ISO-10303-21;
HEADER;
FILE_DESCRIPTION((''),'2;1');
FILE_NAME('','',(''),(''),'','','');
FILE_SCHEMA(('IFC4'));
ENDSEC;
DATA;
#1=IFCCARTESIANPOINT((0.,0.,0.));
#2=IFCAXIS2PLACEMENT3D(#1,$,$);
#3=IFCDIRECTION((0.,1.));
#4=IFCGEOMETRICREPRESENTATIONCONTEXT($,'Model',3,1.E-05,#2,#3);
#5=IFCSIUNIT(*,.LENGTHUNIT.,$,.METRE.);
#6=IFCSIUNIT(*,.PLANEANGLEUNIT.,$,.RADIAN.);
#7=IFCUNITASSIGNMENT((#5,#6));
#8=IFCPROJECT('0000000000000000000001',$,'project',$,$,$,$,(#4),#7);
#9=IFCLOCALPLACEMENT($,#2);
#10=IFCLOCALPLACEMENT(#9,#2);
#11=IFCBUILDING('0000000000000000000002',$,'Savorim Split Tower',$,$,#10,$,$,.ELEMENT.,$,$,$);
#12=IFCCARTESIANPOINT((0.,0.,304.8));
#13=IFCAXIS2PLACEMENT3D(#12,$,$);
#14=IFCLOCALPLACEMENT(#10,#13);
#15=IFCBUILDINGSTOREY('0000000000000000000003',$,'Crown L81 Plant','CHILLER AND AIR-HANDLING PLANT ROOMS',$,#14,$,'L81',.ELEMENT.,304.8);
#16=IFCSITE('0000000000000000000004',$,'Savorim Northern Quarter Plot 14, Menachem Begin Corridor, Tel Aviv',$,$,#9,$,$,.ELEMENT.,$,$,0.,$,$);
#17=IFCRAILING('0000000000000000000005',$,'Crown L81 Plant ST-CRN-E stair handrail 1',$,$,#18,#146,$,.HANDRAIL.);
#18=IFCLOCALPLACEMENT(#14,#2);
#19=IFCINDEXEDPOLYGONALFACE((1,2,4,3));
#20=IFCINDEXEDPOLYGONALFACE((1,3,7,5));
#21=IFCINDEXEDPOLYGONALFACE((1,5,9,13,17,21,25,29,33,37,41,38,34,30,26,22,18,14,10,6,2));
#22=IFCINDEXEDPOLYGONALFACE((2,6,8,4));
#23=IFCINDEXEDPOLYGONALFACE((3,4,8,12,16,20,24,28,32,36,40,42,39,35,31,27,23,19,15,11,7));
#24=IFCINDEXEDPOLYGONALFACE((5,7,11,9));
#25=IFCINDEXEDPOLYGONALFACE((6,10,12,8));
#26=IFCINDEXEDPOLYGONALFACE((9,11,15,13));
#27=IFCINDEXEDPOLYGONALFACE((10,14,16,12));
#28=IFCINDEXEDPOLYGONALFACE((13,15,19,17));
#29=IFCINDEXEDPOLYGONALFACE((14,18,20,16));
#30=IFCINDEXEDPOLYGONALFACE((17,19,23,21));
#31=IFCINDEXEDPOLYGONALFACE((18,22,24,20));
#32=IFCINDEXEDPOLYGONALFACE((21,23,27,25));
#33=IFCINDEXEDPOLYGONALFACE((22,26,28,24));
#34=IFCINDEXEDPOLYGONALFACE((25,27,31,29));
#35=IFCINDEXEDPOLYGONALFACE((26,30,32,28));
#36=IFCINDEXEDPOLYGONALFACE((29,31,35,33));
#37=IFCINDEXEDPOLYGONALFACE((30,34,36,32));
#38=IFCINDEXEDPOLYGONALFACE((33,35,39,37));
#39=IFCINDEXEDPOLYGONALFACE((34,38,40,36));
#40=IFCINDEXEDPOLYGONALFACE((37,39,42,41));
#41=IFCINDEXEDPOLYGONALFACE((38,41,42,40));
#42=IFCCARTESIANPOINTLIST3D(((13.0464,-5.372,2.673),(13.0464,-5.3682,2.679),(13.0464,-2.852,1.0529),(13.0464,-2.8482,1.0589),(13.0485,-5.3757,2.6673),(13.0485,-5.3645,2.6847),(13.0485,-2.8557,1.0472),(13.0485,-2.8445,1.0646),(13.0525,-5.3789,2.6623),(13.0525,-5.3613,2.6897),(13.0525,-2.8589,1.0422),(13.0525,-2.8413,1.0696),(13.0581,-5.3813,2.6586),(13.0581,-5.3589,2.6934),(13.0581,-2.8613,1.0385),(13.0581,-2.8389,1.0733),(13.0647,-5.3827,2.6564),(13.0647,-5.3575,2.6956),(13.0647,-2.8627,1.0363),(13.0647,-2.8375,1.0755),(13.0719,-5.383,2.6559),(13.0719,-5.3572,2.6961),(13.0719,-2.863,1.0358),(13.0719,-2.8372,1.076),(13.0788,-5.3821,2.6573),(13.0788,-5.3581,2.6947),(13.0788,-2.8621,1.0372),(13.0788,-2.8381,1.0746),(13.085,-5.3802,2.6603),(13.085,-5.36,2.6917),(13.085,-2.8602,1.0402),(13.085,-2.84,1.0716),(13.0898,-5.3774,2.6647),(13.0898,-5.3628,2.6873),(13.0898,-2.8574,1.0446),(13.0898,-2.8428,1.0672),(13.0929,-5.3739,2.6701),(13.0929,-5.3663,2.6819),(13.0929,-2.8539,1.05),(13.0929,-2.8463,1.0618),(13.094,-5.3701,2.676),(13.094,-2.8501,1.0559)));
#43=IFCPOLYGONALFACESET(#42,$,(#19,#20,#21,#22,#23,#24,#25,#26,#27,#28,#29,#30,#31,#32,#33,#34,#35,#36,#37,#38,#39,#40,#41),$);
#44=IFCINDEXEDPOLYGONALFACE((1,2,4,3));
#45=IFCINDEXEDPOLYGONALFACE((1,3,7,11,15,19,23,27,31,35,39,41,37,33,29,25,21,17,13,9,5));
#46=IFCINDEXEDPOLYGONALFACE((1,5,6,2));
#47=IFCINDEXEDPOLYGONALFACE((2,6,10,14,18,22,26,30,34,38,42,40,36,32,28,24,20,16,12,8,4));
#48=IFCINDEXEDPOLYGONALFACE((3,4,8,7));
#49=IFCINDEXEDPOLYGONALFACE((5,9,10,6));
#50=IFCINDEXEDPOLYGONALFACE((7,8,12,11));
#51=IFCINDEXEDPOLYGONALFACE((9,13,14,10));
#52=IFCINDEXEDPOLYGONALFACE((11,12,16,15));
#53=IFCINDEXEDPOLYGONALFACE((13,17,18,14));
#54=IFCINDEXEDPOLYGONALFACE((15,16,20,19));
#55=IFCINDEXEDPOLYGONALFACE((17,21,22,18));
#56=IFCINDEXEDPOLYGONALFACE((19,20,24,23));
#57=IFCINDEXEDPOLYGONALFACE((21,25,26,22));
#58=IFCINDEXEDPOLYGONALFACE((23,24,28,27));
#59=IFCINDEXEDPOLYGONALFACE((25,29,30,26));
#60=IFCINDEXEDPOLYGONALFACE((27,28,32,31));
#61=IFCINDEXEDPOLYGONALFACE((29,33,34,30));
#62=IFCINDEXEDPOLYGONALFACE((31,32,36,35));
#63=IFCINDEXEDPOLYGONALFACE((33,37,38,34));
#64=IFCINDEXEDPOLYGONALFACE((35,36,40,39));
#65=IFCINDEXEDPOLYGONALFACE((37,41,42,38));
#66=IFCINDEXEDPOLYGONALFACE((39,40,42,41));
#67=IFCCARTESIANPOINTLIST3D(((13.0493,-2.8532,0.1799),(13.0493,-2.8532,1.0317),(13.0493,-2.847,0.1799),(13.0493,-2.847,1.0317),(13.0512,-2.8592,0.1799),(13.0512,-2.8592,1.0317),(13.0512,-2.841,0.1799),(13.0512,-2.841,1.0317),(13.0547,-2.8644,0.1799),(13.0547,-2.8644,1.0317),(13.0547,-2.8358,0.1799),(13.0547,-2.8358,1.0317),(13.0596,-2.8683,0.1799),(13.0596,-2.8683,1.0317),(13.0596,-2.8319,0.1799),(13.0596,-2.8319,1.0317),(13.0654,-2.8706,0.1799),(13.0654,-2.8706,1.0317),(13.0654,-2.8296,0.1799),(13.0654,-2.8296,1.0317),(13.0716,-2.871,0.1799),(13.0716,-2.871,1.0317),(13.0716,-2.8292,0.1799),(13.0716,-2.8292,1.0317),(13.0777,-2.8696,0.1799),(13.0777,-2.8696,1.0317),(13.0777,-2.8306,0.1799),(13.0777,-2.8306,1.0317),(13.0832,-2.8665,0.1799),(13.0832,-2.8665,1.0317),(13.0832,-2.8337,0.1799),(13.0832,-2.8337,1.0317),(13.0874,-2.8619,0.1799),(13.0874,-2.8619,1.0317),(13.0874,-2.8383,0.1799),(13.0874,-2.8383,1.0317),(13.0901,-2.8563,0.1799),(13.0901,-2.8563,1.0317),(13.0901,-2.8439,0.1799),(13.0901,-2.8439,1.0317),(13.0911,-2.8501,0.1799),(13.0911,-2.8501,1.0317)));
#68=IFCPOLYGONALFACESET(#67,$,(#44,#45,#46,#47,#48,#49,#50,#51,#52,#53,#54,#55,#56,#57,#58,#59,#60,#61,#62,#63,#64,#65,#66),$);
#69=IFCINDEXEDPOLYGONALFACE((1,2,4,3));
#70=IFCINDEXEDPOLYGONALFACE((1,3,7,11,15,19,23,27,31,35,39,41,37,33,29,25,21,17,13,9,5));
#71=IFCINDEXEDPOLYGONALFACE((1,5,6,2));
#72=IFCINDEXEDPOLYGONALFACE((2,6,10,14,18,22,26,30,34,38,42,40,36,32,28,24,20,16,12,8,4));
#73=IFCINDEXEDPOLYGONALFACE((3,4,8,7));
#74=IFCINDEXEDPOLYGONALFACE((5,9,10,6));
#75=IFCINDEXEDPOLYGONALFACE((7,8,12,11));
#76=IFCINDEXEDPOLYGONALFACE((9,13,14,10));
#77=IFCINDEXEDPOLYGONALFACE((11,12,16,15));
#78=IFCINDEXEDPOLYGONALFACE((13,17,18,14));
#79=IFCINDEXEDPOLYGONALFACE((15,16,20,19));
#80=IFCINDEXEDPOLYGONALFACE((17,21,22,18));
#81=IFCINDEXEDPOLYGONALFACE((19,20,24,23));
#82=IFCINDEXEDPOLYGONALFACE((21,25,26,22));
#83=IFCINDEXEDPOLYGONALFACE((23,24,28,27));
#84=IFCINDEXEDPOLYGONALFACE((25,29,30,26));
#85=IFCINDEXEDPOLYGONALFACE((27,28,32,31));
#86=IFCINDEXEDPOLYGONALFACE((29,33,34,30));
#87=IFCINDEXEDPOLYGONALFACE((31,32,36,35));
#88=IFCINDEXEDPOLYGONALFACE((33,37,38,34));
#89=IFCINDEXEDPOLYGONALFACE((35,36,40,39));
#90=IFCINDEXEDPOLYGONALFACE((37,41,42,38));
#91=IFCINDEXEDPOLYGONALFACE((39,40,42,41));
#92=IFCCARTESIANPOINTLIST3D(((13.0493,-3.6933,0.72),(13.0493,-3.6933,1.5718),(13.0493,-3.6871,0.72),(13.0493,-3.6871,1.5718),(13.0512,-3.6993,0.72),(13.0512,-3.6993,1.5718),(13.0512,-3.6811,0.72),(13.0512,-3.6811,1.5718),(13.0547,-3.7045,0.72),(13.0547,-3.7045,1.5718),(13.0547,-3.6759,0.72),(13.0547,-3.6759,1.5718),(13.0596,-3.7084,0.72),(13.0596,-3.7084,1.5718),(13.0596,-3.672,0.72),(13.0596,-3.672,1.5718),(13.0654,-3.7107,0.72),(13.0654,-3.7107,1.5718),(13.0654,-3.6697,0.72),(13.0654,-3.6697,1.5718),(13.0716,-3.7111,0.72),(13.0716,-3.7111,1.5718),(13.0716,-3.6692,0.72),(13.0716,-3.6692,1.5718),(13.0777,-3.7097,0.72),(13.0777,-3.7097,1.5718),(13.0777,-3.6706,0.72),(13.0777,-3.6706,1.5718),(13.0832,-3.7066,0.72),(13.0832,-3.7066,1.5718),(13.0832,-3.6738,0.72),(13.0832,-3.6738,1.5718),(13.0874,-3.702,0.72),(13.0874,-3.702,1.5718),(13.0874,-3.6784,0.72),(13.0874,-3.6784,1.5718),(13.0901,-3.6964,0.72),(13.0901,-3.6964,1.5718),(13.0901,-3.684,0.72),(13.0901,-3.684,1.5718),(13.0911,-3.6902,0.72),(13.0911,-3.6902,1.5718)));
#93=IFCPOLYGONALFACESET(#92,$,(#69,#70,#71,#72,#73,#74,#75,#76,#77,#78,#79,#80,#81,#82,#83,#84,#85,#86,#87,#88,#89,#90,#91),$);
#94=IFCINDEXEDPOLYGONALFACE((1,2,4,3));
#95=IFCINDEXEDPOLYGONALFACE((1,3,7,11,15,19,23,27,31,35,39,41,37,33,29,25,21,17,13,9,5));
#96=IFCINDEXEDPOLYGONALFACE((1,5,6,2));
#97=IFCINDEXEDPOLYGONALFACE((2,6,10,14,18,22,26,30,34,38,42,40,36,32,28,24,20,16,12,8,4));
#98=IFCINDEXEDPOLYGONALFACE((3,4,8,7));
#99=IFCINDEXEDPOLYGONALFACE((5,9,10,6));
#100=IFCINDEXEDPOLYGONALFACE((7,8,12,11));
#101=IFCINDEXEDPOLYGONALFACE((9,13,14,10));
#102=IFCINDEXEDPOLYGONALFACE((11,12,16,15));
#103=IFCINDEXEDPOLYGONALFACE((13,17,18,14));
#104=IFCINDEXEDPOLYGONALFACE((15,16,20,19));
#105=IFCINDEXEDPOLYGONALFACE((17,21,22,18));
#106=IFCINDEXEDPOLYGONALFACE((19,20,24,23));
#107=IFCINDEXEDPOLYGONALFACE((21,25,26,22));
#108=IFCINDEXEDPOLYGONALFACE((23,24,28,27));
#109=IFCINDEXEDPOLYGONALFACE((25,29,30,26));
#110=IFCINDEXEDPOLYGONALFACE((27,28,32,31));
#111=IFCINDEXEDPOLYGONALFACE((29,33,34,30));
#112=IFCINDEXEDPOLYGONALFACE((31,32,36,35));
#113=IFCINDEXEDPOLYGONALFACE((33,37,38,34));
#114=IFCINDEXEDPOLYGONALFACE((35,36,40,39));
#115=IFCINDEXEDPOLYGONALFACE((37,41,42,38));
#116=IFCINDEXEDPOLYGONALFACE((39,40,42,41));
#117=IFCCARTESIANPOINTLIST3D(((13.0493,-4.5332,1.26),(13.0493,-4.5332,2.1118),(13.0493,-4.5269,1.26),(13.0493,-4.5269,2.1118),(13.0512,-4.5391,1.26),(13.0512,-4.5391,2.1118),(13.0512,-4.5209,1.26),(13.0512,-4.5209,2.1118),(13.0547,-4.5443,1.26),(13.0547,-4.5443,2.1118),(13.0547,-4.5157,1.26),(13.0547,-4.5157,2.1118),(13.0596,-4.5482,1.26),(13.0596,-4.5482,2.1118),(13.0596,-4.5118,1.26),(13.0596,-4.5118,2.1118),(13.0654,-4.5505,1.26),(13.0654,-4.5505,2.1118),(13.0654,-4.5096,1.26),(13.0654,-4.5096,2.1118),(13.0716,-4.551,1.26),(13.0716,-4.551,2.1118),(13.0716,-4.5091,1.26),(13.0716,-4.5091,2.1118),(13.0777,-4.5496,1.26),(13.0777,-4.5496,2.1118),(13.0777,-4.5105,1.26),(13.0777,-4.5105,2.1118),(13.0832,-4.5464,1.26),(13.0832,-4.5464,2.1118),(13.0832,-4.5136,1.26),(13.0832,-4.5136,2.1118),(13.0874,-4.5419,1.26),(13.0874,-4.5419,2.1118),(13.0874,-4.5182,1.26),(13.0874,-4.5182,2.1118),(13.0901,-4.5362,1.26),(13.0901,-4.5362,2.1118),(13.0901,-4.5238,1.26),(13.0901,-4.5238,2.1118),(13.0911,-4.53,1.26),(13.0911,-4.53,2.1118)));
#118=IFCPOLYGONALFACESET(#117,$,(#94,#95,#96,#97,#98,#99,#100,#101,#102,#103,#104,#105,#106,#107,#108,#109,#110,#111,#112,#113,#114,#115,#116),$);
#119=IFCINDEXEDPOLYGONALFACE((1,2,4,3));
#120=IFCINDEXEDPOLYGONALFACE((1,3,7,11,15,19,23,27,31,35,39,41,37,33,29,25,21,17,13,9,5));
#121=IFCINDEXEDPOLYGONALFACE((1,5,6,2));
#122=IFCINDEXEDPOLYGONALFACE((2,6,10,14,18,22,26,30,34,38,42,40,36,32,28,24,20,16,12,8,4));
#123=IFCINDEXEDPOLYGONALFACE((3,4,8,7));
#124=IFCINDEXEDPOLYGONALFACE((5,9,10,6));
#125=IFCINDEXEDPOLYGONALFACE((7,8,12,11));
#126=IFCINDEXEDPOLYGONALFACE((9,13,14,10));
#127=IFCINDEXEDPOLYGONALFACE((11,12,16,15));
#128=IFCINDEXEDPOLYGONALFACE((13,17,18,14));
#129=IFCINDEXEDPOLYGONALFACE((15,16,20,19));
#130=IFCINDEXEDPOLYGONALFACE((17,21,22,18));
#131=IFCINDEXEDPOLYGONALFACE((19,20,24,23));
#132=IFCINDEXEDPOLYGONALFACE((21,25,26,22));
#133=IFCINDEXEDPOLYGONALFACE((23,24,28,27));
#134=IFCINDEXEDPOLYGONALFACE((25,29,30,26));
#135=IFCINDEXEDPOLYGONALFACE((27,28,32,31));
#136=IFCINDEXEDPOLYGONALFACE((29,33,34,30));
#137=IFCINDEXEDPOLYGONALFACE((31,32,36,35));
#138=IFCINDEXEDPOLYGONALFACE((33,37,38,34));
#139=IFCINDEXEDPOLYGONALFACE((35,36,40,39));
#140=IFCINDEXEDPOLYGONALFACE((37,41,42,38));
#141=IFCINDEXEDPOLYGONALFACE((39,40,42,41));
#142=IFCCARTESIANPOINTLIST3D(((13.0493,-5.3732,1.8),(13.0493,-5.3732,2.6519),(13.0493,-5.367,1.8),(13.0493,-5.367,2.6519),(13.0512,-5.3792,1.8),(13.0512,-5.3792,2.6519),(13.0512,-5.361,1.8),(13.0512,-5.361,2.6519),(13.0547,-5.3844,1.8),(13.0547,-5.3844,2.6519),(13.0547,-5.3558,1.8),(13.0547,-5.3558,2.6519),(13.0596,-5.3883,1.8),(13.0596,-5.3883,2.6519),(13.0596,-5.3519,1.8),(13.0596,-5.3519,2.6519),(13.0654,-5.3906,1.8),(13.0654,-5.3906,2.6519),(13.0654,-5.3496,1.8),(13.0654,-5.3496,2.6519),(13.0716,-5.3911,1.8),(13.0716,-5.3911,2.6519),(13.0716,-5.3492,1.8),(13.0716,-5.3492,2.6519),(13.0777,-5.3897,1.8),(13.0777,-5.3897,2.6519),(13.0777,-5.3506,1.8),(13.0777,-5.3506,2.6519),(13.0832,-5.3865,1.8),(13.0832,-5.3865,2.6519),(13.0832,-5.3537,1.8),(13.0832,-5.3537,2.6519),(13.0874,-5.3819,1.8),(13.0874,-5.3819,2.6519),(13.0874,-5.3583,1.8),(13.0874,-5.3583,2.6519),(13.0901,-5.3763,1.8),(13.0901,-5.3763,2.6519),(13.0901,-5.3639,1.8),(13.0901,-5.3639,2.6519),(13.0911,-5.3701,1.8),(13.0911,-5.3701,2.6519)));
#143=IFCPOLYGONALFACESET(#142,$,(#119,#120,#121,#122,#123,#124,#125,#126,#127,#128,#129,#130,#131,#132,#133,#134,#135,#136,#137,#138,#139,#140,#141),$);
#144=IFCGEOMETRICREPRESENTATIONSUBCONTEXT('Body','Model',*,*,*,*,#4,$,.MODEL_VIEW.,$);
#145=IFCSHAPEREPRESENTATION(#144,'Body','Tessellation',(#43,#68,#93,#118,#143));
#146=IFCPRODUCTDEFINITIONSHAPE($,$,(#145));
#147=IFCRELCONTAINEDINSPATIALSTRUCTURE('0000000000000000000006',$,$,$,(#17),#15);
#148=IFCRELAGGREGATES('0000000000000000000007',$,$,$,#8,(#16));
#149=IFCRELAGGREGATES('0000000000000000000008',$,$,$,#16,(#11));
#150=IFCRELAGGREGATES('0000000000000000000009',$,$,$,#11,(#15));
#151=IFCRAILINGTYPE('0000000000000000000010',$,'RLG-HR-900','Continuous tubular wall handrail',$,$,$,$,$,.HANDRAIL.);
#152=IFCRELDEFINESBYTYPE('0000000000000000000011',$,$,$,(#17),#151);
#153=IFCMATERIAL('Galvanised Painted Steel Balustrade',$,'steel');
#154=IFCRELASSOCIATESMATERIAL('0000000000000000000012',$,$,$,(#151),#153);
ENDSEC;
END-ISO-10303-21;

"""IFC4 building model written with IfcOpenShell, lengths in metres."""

from ifc_helpers import new_model, si_unit, direction, frame, origin, origin_2d, place, context, subcontext, project, spatial, circle, extrude, material, type_object, element, save


model = new_model("IFC4")

# Units and contexts
model_context = context("Model", 3, precision=1e-05, world=origin(), true_north=direction((0.0, 1.0)))
body_context = subcontext(model_context, "Body", "Model", "MODEL_VIEW")
ifc_project = project(units=[si_unit("LENGTHUNIT", "METRE"), si_unit("PLANEANGLEUNIT", "RADIAN")], contexts=[model_context])

# Site, building, storey
site_placement = place(None, origin())
site = spatial("IfcSite", under=ifc_project, at=site_placement, Name="Savorim Northern Quarter Plot 14, Menachem Begin Corridor, Tel Aviv", CompositionType="ELEMENT", RefElevation=0.0)
building_placement = place(site_placement, origin())
building = spatial("IfcBuilding", under=site, at=building_placement, Name="Savorim Split Tower", CompositionType="ELEMENT")
storey_placement = place(building_placement, frame((0.0, 0.0, 304.8)))
storey = spatial("IfcBuildingStorey", under=building, at=storey_placement, Name="Crown L81 Plant", Description="CHILLER AND AIR-HANDLING PLANT ROOMS", LongName="L81", CompositionType="ELEMENT", Elevation=304.8)

# Railing
ifc_material_1 = material(Name="Galvanised Painted Steel Balustrade", Category="steel")
railing_type_1 = type_object("IfcRailingType", Name="RLG-HR-900", Description="Continuous tubular wall handrail", PredefinedType="HANDRAIL", material=ifc_material_1)
railing_1_placement = place(storey_placement, frame((13.0701, -2.8501, 0.1799)))
element("IfcRailing", 1, at=railing_1_placement, inside=storey, type_object=railing_type_1, Name="Crown L81 Plant ST-CRN-E stair handrail 1", PredefinedType="HANDRAIL", context=body_context, shape_type="SweptSolid", body=[
    extrude(circle(Radius=0.0239, at=origin_2d()), frame((0.0, 0.0, 0.876), z_axis=(0.0, -0.841163, 0.540782), x_axis=(1.0, 0.0, 0.0)), (0.0, 0.0, 1.0), 2.9958),
    extrude(circle(Radius=0.021, at=origin_2d()), origin(), (0.0, 0.0, 1.0), 0.8518),
    extrude(circle(Radius=0.021, at=origin_2d()), frame((0.0, -0.8401, 0.54)), (0.0, 0.0, 1.0), 0.8518),
    extrude(circle(Radius=0.021, at=origin_2d()), frame((0.0, -1.6799, 1.0801)), (0.0, 0.0, 1.0), 0.8518),
    extrude(circle(Radius=0.021, at=origin_2d()), frame((0.0, -2.52, 1.6201)), (0.0, 0.0, 1.0), 0.8518),
])

save(model, "model.ifc")
